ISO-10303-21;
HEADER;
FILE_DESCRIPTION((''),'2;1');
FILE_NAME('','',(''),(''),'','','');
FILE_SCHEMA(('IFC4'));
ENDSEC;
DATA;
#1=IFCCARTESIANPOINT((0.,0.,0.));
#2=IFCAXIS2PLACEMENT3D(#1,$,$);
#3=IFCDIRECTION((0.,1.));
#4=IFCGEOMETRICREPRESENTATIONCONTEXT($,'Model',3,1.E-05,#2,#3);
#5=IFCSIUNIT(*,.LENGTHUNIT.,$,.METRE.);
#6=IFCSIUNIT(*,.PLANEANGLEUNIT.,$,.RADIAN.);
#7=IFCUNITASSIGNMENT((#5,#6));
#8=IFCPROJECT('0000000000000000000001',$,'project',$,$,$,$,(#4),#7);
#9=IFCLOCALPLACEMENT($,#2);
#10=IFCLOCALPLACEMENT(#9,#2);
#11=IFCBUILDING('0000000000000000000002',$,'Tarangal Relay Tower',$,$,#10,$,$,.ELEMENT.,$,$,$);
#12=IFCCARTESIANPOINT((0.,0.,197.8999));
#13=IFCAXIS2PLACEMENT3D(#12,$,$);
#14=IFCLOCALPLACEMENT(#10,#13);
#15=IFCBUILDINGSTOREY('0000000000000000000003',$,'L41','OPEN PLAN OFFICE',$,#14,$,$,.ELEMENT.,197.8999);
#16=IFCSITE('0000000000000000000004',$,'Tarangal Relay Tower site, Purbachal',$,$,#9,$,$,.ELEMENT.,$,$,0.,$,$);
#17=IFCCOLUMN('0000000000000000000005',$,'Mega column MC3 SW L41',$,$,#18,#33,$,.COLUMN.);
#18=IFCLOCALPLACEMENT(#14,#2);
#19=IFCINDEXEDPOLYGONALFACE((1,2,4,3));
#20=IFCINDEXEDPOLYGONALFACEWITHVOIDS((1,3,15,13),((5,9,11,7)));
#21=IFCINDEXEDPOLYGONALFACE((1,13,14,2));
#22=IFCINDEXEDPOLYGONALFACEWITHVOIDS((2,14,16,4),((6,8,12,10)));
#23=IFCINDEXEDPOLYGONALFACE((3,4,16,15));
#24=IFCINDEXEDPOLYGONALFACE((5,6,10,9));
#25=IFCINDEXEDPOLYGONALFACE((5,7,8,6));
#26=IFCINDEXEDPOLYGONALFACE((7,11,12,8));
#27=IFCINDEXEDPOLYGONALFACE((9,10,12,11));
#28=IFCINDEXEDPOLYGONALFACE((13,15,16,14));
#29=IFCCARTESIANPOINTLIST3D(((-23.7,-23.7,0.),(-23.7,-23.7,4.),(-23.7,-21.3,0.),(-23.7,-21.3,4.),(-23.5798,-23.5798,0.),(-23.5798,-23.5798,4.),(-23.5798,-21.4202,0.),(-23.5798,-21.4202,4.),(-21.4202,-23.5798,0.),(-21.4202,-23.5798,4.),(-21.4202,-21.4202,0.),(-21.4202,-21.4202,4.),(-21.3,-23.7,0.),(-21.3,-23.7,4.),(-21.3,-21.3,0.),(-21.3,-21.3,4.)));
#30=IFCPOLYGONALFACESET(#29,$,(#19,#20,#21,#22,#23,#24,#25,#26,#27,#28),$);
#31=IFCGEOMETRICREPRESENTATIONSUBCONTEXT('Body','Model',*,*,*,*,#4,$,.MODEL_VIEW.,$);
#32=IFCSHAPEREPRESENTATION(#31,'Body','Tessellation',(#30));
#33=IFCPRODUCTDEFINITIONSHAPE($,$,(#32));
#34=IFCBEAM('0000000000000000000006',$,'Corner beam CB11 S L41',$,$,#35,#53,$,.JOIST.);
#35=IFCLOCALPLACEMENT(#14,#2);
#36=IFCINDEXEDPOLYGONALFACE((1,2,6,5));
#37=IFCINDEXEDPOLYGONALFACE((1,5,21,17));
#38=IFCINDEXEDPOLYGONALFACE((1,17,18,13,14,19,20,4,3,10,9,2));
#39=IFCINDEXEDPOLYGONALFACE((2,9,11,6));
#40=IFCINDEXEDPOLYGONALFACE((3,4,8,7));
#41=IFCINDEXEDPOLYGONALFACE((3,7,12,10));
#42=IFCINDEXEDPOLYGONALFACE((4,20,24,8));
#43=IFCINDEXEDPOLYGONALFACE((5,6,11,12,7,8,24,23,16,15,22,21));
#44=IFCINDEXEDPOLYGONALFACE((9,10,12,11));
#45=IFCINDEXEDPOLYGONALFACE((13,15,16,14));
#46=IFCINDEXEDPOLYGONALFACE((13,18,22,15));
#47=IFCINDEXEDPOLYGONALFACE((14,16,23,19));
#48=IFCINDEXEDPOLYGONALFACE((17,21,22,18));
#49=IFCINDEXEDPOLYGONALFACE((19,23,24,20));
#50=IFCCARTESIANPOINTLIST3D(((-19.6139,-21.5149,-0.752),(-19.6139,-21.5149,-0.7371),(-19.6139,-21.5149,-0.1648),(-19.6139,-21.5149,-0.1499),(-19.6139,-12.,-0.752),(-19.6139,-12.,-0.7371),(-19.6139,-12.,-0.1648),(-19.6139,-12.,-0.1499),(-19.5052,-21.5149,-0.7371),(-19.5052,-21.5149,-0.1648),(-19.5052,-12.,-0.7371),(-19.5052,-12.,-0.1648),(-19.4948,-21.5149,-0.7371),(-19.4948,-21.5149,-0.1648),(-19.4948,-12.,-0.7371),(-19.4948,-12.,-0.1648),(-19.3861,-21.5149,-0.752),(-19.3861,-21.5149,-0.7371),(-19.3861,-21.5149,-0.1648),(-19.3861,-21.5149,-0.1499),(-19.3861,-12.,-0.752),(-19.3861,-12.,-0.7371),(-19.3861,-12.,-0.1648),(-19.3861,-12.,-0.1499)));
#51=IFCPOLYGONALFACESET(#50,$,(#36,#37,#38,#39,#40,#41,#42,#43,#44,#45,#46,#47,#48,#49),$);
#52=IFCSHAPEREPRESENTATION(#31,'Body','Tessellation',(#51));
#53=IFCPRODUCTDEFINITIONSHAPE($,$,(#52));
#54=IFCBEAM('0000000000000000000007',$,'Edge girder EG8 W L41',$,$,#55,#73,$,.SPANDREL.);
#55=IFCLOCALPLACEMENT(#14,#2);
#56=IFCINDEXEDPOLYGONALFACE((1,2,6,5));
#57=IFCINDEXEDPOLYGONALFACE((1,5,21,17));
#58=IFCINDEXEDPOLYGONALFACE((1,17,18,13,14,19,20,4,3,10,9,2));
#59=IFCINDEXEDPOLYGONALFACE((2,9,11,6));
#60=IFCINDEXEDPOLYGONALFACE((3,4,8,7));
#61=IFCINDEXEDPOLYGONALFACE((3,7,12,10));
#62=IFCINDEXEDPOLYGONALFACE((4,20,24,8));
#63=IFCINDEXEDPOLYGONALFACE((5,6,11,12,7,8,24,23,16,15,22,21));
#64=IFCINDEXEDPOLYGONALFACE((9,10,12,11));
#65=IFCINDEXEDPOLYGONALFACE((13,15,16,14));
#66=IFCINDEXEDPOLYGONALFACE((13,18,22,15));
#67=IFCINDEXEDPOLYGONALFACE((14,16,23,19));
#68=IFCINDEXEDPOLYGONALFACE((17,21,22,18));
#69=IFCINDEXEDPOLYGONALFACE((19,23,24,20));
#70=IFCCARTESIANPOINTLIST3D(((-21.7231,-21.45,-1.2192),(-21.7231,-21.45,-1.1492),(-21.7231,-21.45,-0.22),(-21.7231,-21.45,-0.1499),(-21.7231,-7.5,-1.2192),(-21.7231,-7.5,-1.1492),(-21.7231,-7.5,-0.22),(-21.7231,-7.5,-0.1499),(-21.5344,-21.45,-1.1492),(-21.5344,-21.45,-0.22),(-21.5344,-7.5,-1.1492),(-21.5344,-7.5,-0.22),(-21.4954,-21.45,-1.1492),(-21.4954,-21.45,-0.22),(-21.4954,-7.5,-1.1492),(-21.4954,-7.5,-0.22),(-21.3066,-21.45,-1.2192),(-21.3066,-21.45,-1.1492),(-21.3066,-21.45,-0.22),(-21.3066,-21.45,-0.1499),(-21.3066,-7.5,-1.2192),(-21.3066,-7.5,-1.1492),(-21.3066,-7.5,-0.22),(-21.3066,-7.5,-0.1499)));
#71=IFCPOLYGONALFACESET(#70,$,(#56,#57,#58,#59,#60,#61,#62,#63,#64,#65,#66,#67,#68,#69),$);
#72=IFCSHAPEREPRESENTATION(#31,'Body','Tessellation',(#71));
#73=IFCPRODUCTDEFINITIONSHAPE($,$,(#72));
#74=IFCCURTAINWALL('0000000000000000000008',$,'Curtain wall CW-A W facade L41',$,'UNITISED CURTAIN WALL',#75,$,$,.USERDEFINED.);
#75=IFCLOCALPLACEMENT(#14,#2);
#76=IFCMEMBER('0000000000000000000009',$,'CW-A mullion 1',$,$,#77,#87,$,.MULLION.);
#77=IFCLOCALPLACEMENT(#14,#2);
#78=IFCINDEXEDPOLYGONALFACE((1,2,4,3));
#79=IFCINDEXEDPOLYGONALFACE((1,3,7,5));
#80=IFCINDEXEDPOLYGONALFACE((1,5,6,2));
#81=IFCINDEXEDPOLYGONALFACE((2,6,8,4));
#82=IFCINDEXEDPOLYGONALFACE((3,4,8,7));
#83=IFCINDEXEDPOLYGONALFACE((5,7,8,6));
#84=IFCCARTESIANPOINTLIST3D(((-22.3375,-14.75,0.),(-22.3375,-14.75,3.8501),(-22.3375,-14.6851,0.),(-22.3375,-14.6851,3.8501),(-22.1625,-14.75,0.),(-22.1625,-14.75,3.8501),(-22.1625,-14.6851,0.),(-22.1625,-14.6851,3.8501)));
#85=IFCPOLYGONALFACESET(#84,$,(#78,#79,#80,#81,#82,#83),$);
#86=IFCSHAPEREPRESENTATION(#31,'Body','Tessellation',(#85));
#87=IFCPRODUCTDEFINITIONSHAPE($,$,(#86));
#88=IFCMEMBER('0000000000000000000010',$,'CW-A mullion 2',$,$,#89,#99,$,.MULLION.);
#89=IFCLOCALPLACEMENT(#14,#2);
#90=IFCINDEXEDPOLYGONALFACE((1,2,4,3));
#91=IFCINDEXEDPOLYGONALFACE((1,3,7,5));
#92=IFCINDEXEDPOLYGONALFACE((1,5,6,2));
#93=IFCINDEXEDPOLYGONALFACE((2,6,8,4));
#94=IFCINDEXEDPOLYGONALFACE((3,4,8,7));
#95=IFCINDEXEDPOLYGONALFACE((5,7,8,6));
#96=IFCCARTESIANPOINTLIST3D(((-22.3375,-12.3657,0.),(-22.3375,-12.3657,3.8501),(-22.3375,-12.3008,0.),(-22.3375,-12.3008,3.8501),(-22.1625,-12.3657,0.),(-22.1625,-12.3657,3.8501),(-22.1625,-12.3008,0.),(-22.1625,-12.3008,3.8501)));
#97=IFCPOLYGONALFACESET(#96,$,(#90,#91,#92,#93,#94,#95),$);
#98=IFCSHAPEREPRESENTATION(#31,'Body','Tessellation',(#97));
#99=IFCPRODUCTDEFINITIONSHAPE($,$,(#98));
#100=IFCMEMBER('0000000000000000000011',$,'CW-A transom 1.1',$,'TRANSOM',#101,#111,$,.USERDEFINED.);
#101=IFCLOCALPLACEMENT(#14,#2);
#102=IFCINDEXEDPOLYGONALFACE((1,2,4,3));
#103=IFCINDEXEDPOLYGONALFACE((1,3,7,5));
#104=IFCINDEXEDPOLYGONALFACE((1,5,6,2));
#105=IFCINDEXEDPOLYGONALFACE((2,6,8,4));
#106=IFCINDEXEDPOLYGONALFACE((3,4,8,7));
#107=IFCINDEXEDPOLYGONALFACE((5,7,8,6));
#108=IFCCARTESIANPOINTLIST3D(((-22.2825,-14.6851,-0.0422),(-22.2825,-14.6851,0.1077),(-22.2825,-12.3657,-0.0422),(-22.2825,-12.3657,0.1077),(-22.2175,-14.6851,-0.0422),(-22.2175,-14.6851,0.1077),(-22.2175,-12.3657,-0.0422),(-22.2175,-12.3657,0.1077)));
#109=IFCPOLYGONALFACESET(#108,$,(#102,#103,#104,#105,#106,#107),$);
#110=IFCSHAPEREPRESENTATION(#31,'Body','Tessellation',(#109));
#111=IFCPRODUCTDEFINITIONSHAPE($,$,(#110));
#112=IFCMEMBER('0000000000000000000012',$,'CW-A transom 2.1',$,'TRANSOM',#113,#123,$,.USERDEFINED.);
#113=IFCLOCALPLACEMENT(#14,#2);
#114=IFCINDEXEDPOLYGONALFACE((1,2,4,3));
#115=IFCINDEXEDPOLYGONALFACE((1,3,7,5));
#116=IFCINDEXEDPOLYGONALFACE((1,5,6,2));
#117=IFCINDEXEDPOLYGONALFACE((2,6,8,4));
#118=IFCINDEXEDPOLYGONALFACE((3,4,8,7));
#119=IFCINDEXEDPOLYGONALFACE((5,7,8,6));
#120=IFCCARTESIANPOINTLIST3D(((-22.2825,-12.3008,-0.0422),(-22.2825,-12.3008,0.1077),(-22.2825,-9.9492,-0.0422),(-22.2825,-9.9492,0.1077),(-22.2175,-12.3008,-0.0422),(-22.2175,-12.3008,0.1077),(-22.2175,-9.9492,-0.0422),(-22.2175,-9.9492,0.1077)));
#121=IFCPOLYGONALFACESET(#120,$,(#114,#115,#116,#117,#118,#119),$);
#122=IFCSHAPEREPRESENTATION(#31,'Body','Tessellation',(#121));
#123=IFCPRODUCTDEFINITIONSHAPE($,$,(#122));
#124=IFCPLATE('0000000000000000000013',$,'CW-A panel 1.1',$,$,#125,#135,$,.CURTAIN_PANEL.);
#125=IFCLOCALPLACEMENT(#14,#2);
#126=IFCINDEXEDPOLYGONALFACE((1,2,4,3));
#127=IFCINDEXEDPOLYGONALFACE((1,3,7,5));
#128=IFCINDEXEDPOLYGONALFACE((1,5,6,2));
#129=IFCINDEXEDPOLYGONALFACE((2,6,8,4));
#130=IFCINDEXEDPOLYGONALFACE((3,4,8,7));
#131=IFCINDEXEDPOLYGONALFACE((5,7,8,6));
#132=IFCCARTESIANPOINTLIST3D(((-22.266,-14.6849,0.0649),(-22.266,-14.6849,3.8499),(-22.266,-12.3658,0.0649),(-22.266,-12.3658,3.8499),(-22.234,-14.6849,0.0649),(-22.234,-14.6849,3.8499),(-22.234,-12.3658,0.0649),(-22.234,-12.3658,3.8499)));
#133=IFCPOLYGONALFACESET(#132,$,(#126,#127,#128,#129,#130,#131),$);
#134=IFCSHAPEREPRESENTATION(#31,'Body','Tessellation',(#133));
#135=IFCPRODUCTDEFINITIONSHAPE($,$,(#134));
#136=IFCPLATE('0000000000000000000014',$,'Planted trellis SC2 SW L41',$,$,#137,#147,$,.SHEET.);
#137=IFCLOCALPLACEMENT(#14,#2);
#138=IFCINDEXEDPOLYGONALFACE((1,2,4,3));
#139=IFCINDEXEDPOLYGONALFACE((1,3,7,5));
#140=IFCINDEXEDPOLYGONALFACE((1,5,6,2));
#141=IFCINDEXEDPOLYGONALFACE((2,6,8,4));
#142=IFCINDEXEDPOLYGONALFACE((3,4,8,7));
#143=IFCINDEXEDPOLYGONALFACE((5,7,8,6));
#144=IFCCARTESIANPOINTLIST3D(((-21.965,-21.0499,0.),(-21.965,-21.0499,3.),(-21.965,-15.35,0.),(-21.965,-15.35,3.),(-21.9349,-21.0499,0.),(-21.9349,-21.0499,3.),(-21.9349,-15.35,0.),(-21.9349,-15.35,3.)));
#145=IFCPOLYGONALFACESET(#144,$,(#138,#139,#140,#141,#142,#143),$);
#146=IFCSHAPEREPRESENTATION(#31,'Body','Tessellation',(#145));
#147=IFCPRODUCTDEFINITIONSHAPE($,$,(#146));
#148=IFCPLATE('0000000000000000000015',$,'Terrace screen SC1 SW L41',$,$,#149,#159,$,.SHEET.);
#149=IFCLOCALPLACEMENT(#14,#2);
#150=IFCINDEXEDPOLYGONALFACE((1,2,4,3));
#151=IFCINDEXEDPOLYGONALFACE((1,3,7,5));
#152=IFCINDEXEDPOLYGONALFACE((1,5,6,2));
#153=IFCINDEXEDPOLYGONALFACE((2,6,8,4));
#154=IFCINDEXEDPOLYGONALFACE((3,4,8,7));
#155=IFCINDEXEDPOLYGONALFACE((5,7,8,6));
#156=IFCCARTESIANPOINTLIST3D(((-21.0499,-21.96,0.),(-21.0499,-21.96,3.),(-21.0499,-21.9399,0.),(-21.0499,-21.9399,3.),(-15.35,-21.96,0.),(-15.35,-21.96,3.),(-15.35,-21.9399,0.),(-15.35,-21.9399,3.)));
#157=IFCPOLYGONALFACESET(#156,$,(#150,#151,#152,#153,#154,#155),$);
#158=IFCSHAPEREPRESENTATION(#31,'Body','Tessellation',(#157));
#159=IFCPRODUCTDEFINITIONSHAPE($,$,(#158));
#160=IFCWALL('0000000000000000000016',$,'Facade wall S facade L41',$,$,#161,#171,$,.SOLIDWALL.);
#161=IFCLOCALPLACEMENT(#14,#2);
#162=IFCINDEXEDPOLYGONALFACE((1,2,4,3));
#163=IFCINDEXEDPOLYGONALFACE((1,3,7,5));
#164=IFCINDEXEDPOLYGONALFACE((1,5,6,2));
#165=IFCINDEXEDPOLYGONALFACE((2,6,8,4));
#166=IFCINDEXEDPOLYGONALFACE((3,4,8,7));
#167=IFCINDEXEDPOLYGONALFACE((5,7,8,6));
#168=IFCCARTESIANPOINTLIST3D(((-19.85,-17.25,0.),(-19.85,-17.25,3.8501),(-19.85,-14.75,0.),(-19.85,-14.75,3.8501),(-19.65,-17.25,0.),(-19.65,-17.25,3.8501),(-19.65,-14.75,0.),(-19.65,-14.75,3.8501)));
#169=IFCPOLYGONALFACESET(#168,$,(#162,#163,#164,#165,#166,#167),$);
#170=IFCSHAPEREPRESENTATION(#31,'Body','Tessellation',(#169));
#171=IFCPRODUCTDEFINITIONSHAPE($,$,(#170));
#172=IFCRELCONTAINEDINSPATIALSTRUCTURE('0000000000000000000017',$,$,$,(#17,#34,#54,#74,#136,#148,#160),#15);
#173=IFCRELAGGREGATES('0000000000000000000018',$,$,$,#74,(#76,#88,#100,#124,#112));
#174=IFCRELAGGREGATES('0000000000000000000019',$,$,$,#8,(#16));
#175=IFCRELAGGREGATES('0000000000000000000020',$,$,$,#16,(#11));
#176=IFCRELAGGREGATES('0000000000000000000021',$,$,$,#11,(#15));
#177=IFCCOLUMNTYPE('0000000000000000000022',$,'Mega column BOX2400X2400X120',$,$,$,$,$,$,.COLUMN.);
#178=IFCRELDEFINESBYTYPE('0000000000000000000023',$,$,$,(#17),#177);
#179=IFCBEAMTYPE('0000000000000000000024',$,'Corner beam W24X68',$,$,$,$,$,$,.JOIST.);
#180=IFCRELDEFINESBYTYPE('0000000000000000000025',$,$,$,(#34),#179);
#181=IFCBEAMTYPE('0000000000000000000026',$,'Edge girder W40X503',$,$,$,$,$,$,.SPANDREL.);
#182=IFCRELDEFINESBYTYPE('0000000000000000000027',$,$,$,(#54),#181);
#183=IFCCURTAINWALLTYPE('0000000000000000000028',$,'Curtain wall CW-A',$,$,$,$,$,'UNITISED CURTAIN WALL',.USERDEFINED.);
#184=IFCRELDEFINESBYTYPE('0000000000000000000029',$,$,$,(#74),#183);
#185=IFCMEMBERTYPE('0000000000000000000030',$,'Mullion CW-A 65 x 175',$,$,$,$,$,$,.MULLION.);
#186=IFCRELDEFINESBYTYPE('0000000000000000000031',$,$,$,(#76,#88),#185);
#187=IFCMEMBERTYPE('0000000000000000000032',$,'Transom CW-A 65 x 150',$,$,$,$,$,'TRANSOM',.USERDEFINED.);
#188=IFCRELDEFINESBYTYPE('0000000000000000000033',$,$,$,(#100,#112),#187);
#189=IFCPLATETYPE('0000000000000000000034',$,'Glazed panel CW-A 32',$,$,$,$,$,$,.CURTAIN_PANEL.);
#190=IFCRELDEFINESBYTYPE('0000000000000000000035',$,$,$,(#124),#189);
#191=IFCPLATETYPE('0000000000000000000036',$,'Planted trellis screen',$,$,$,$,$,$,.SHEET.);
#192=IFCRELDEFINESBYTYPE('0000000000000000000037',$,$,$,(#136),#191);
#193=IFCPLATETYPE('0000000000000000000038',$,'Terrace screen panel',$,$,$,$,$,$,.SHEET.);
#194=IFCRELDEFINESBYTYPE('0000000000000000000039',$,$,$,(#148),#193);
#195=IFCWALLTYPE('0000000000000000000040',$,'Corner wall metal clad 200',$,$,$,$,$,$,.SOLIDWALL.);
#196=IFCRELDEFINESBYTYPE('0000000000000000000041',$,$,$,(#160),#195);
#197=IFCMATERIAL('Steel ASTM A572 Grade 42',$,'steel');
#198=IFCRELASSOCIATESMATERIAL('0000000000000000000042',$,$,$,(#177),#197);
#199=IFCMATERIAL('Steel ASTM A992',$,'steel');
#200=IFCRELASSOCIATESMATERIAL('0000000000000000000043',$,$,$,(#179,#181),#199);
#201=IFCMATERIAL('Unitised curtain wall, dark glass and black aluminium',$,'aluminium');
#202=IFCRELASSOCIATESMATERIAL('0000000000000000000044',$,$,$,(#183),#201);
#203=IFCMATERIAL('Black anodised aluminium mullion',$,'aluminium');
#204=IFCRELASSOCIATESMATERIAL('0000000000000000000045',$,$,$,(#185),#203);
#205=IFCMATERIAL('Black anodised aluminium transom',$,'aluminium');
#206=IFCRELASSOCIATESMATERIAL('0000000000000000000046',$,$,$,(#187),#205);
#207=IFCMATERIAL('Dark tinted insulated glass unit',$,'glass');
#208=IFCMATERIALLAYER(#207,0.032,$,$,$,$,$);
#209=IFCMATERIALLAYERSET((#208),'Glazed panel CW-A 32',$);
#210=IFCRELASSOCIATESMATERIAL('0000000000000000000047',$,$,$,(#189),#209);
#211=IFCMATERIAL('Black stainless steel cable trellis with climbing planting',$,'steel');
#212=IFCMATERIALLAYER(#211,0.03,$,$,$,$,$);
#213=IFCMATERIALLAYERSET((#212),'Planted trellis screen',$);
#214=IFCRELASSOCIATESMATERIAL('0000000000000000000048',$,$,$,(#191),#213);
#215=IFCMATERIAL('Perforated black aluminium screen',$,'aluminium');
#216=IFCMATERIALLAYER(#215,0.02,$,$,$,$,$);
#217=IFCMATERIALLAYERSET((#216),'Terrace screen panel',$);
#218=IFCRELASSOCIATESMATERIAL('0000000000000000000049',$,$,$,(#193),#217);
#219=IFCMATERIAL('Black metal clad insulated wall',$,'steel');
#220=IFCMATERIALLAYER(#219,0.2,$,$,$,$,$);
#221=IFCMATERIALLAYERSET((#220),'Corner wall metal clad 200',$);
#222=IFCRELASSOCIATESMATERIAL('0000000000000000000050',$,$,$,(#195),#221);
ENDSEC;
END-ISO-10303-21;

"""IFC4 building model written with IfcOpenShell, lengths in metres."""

from ifc_helpers import new_model, si_unit, direction, frame, frame_2d, origin, origin_2d, place, context, subcontext, project, spatial, rectangle, hollow_rectangle, i_section, extrude, material, layer, layer_set, material_profile, profile_set, type_object, element, aggregate, save


model = new_model("IFC4")

# Units and contexts
model_context = context("Model", 3, precision=1e-05, world=origin(), true_north=direction((0.0, 1.0)))
body_context = subcontext(model_context, "Body", "Model", "MODEL_VIEW")
ifc_project = project(units=[si_unit("LENGTHUNIT", "METRE"), si_unit("PLANEANGLEUNIT", "RADIAN")], contexts=[model_context])

# Site, building, storey
site_placement = place(None, origin())
site = spatial("IfcSite", under=ifc_project, at=site_placement, Name="Tarangal Relay Tower site, Purbachal", CompositionType="ELEMENT", RefElevation=0.0)
building_placement = place(site_placement, origin())
building = spatial("IfcBuilding", under=site, at=building_placement, Name="Tarangal Relay Tower", CompositionType="ELEMENT")
storey_placement = place(building_placement, frame((0.0, 0.0, 197.8999)))
storey = spatial("IfcBuildingStorey", under=building, at=storey_placement, Name="L41", Description="OPEN PLAN OFFICE", CompositionType="ELEMENT", Elevation=197.8999)

# Column
ifc_material_1 = material(Name="Steel ASTM A572 Grade 42", Category="steel")
ifc_material_profile_1 = material_profile(ifc_material_1, hollow_rectangle(XDim=2.3999, YDim=2.3999, WallThickness=0.1201, at=origin_2d()), Name="BOX2400X2400X120")
ifc_profile_set_1 = profile_set([ifc_material_profile_1], Name="Steel ASTM A572 Grade 42")
column_type = type_object("IfcColumnType", Name="Mega column BOX2400X2400X120", PredefinedType="COLUMN", material=ifc_profile_set_1)
column_placement = place(storey_placement, frame((-22.5, -22.5, 0.0), z_axis=(0.0, 0.0, 1.0), x_axis=(1.0, 0.0, 0.0)))
element("IfcColumn", 1, at=column_placement, inside=storey, type_object=column_type, Name="Mega column MC3 SW L41", PredefinedType="COLUMN", context=body_context, shape_type="SweptSolid", body=[
    extrude(hollow_rectangle(XDim=2.3999, YDim=2.3999, WallThickness=0.1201, at=origin_2d()), origin(), (0.0, 0.0, 1.0), 4.0),
])

# Beams
ifc_material_2 = material(Name="Steel ASTM A992", Category="steel")
ifc_material_profile_2 = material_profile(ifc_material_2, i_section(OverallWidth=0.2278, OverallDepth=0.6021, WebThickness=0.0105, FlangeThickness=0.0149, at=origin_2d()), Name="W24X68")
ifc_profile_set_2 = profile_set([ifc_material_profile_2], Name="Steel ASTM A992")
beam_type_1 = type_object("IfcBeamType", Name="Corner beam W24X68", PredefinedType="JOIST", material=ifc_profile_set_2)
beam_1_placement = place(storey_placement, frame((-19.5, -12.0, -0.4509), z_axis=(0.0, -1.0, 0.0), x_axis=(1.0, 0.0, 0.0)))
element("IfcBeam", 2, at=beam_1_placement, inside=storey, type_object=beam_type_1, Name="Corner beam CB11 S L41", PredefinedType="JOIST", context=body_context, shape_type="SweptSolid", body=[
    extrude(i_section(OverallWidth=0.2278, OverallDepth=0.6021, WebThickness=0.0105, FlangeThickness=0.0149, at=origin_2d()), origin(), (0.0, 0.0, 1.0), 9.5149),
])
ifc_material_profile_3 = material_profile(ifc_material_2, i_section(OverallWidth=0.4165, OverallDepth=1.0693, WebThickness=0.0391, FlangeThickness=0.0701, at=origin_2d()), Name="W40X503")
ifc_profile_set_3 = profile_set([ifc_material_profile_3], Name="Steel ASTM A992")
beam_type_2 = type_object("IfcBeamType", Name="Edge girder W40X503", PredefinedType="SPANDREL", material=ifc_profile_set_3)
beam_2_placement = place(storey_placement, frame((-21.5149, -21.45, -0.6846), z_axis=(0.0, 1.0, 0.0), x_axis=(-1.0, 0.0, 0.0)))
element("IfcBeam", 3, at=beam_2_placement, inside=storey, type_object=beam_type_2, Name="Edge girder EG8 W L41", PredefinedType="SPANDREL", context=body_context, shape_type="SweptSolid", body=[
    extrude(i_section(OverallWidth=0.4165, OverallDepth=1.0693, WebThickness=0.0391, FlangeThickness=0.0701, at=origin_2d()), origin(), (0.0, 0.0, 1.0), 13.95),
])

# Curtain wall, members, plate
ifc_material_3 = material(Name="Unitised curtain wall, dark glass and black aluminium", Category="aluminium")
curtain_wall_type = type_object("IfcCurtainWallType", Name="Curtain wall CW-A", ElementType="UNITISED CURTAIN WALL", PredefinedType="USERDEFINED", material=ifc_material_3)
curtain_wall_placement = place(storey_placement, origin())
curtain_wall = element("IfcCurtainWall", 4, at=curtain_wall_placement, inside=storey, type_object=curtain_wall_type, Name="Curtain wall CW-A W facade L41", ObjectType="UNITISED CURTAIN WALL", PredefinedType="USERDEFINED")
ifc_material_4 = material(Name="Black anodised aluminium mullion", Category="aluminium")
ifc_material_profile_4 = material_profile(ifc_material_4, rectangle(XDim=0.175, YDim=0.0649, at=origin_2d()), Name="CW-AM 65X175")
ifc_profile_set_4 = profile_set([ifc_material_profile_4], Name="Black anodised aluminium mullion")
member_type_1 = type_object("IfcMemberType", Name="Mullion CW-A 65 x 175", PredefinedType="MULLION", material=ifc_profile_set_4)
member_1_placement = place(storey_placement, frame((-22.25, -14.7175, 0.0), z_axis=(0.0, 0.0, 1.0), x_axis=(-1.0, 0.0, 0.0)))
member_1 = element("IfcMember", 5, at=member_1_placement, type_object=member_type_1, Name="CW-A mullion 1", PredefinedType="MULLION", context=body_context, shape_type="SweptSolid", body=[
    extrude(rectangle(XDim=0.175, YDim=0.0649, at=origin_2d()), origin(), (0.0, 0.0, 1.0), 3.8501),
])
member_2_placement = place(storey_placement, frame((-22.25, -12.3333, 0.0), z_axis=(0.0, 0.0, 1.0), x_axis=(-1.0, 0.0, 0.0)))
member_2 = element("IfcMember", 6, at=member_2_placement, type_object=member_type_1, Name="CW-A mullion 2", PredefinedType="MULLION", context=body_context, shape_type="SweptSolid", body=[
    extrude(rectangle(XDim=0.175, YDim=0.0649, at=origin_2d()), origin(), (0.0, 0.0, 1.0), 3.8501),
])
ifc_material_5 = material(Name="Black anodised aluminium transom", Category="aluminium")
ifc_material_profile_5 = material_profile(ifc_material_5, rectangle(XDim=0.0649, YDim=0.1499, at=origin_2d()), Name="CW-AT 65X150")
ifc_profile_set_5 = profile_set([ifc_material_profile_5], Name="Black anodised aluminium transom")
member_type_2 = type_object("IfcMemberType", Name="Transom CW-A 65 x 150", ElementType="TRANSOM", PredefinedType="USERDEFINED", material=ifc_profile_set_5)
member_3_placement = place(storey_placement, frame((-22.25, -14.6851, 0.0327), z_axis=(0.0, 1.0, 0.0), x_axis=(-1.0, 0.0, 0.0)))
member_3 = element("IfcMember", 7, at=member_3_placement, type_object=member_type_2, Name="CW-A transom 1.1", ObjectType="TRANSOM", PredefinedType="USERDEFINED", context=body_context, shape_type="SweptSolid", body=[
    extrude(rectangle(XDim=0.0649, YDim=0.1499, at=origin_2d()), origin(), (0.0, 0.0, 1.0), 2.3193),
])
member_4_placement = place(storey_placement, frame((-22.25, -12.3008, 0.0327), z_axis=(0.0, 1.0, 0.0), x_axis=(-1.0, 0.0, 0.0)))
member_4 = element("IfcMember", 8, at=member_4_placement, type_object=member_type_2, Name="CW-A transom 2.1", ObjectType="TRANSOM", PredefinedType="USERDEFINED", context=body_context, shape_type="SweptSolid", body=[
    extrude(rectangle(XDim=0.0649, YDim=0.1499, at=origin_2d()), origin(), (0.0, 0.0, 1.0), 2.3516),
])
ifc_material_6 = material(Name="Dark tinted insulated glass unit", Category="glass")
ifc_layer_1 = layer(ifc_material_6, 0.032)
ifc_layer_set_1 = layer_set([ifc_layer_1], Name="Glazed panel CW-A 32")
plate_type_1 = type_object("IfcPlateType", Name="Glazed panel CW-A 32", PredefinedType="CURTAIN_PANEL", material=ifc_layer_set_1)
plate_1_placement = place(storey_placement, frame((-22.25, -13.5254, 0.0649), z_axis=(0.0, 0.0, 1.0), x_axis=(0.0, 1.0, 0.0)))
plate_1 = element("IfcPlate", 9, at=plate_1_placement, type_object=plate_type_1, Name="CW-A panel 1.1", PredefinedType="CURTAIN_PANEL", context=body_context, shape_type="SweptSolid", body=[
    extrude(rectangle(XDim=2.3191, YDim=0.032, at=origin_2d()), origin(), (0.0, 0.0, 1.0), 3.7849),
])
aggregate(curtain_wall, [member_1, member_2, member_3, plate_1, member_4])

# Plates
ifc_material_7 = material(Name="Black stainless steel cable trellis with climbing planting", Category="steel")
ifc_layer_2 = layer(ifc_material_7, 0.03)
ifc_layer_set_2 = layer_set([ifc_layer_2], Name="Planted trellis screen")
plate_type_2 = type_object("IfcPlateType", Name="Planted trellis screen", PredefinedType="SHEET", material=ifc_layer_set_2)
plate_2_placement = place(storey_placement, frame((-21.95, -18.2, 0.0), z_axis=(0.0, 0.0, 1.0), x_axis=(0.0, 1.0, 0.0)))
element("IfcPlate", 10, at=plate_2_placement, inside=storey, type_object=plate_type_2, Name="Planted trellis SC2 SW L41", PredefinedType="SHEET", context=body_context, shape_type="SweptSolid", body=[
    extrude(rectangle(XDim=5.7, YDim=0.03, at=origin_2d()), origin(), (0.0, 0.0, 1.0), 3.0),
])
ifc_material_8 = material(Name="Perforated black aluminium screen", Category="aluminium")
ifc_layer_3 = layer(ifc_material_8, 0.02)
ifc_layer_set_3 = layer_set([ifc_layer_3], Name="Terrace screen panel")
plate_type_3 = type_object("IfcPlateType", Name="Terrace screen panel", PredefinedType="SHEET", material=ifc_layer_set_3)
plate_3_placement = place(storey_placement, frame((-18.2, -21.95, 0.0), z_axis=(0.0, 0.0, 1.0), x_axis=(-1.0, 0.0, 0.0)))
element("IfcPlate", 11, at=plate_3_placement, inside=storey, type_object=plate_type_3, Name="Terrace screen SC1 SW L41", PredefinedType="SHEET", context=body_context, shape_type="SweptSolid", body=[
    extrude(rectangle(XDim=5.7, YDim=0.02, at=origin_2d()), origin(), (0.0, 0.0, 1.0), 3.0),
])

# Wall
ifc_material_9 = material(Name="Black metal clad insulated wall", Category="steel")
ifc_layer_4 = layer(ifc_material_9, 0.2)
ifc_layer_set_4 = layer_set([ifc_layer_4], Name="Corner wall metal clad 200")
wall_type = type_object("IfcWallType", Name="Corner wall metal clad 200", PredefinedType="SOLIDWALL", material=ifc_layer_set_4)
wall_1_placement = place(storey_placement, frame((-19.75, -17.25, 0.0), z_axis=(0.0, 0.0, 1.0), x_axis=(0.0, 1.0, 0.0)))
element("IfcWall", 12, at=wall_1_placement, inside=storey, type_object=wall_type, Name="Facade wall S facade L41", PredefinedType="SOLIDWALL", context=body_context, shape_type="SweptSolid", body=[
    extrude(rectangle(XDim=2.5, YDim=0.2, at=frame_2d((1.25, 0.0))), origin(), (0.0, 0.0, 1.0), 3.8501),
])

save(model, "model.ifc")
